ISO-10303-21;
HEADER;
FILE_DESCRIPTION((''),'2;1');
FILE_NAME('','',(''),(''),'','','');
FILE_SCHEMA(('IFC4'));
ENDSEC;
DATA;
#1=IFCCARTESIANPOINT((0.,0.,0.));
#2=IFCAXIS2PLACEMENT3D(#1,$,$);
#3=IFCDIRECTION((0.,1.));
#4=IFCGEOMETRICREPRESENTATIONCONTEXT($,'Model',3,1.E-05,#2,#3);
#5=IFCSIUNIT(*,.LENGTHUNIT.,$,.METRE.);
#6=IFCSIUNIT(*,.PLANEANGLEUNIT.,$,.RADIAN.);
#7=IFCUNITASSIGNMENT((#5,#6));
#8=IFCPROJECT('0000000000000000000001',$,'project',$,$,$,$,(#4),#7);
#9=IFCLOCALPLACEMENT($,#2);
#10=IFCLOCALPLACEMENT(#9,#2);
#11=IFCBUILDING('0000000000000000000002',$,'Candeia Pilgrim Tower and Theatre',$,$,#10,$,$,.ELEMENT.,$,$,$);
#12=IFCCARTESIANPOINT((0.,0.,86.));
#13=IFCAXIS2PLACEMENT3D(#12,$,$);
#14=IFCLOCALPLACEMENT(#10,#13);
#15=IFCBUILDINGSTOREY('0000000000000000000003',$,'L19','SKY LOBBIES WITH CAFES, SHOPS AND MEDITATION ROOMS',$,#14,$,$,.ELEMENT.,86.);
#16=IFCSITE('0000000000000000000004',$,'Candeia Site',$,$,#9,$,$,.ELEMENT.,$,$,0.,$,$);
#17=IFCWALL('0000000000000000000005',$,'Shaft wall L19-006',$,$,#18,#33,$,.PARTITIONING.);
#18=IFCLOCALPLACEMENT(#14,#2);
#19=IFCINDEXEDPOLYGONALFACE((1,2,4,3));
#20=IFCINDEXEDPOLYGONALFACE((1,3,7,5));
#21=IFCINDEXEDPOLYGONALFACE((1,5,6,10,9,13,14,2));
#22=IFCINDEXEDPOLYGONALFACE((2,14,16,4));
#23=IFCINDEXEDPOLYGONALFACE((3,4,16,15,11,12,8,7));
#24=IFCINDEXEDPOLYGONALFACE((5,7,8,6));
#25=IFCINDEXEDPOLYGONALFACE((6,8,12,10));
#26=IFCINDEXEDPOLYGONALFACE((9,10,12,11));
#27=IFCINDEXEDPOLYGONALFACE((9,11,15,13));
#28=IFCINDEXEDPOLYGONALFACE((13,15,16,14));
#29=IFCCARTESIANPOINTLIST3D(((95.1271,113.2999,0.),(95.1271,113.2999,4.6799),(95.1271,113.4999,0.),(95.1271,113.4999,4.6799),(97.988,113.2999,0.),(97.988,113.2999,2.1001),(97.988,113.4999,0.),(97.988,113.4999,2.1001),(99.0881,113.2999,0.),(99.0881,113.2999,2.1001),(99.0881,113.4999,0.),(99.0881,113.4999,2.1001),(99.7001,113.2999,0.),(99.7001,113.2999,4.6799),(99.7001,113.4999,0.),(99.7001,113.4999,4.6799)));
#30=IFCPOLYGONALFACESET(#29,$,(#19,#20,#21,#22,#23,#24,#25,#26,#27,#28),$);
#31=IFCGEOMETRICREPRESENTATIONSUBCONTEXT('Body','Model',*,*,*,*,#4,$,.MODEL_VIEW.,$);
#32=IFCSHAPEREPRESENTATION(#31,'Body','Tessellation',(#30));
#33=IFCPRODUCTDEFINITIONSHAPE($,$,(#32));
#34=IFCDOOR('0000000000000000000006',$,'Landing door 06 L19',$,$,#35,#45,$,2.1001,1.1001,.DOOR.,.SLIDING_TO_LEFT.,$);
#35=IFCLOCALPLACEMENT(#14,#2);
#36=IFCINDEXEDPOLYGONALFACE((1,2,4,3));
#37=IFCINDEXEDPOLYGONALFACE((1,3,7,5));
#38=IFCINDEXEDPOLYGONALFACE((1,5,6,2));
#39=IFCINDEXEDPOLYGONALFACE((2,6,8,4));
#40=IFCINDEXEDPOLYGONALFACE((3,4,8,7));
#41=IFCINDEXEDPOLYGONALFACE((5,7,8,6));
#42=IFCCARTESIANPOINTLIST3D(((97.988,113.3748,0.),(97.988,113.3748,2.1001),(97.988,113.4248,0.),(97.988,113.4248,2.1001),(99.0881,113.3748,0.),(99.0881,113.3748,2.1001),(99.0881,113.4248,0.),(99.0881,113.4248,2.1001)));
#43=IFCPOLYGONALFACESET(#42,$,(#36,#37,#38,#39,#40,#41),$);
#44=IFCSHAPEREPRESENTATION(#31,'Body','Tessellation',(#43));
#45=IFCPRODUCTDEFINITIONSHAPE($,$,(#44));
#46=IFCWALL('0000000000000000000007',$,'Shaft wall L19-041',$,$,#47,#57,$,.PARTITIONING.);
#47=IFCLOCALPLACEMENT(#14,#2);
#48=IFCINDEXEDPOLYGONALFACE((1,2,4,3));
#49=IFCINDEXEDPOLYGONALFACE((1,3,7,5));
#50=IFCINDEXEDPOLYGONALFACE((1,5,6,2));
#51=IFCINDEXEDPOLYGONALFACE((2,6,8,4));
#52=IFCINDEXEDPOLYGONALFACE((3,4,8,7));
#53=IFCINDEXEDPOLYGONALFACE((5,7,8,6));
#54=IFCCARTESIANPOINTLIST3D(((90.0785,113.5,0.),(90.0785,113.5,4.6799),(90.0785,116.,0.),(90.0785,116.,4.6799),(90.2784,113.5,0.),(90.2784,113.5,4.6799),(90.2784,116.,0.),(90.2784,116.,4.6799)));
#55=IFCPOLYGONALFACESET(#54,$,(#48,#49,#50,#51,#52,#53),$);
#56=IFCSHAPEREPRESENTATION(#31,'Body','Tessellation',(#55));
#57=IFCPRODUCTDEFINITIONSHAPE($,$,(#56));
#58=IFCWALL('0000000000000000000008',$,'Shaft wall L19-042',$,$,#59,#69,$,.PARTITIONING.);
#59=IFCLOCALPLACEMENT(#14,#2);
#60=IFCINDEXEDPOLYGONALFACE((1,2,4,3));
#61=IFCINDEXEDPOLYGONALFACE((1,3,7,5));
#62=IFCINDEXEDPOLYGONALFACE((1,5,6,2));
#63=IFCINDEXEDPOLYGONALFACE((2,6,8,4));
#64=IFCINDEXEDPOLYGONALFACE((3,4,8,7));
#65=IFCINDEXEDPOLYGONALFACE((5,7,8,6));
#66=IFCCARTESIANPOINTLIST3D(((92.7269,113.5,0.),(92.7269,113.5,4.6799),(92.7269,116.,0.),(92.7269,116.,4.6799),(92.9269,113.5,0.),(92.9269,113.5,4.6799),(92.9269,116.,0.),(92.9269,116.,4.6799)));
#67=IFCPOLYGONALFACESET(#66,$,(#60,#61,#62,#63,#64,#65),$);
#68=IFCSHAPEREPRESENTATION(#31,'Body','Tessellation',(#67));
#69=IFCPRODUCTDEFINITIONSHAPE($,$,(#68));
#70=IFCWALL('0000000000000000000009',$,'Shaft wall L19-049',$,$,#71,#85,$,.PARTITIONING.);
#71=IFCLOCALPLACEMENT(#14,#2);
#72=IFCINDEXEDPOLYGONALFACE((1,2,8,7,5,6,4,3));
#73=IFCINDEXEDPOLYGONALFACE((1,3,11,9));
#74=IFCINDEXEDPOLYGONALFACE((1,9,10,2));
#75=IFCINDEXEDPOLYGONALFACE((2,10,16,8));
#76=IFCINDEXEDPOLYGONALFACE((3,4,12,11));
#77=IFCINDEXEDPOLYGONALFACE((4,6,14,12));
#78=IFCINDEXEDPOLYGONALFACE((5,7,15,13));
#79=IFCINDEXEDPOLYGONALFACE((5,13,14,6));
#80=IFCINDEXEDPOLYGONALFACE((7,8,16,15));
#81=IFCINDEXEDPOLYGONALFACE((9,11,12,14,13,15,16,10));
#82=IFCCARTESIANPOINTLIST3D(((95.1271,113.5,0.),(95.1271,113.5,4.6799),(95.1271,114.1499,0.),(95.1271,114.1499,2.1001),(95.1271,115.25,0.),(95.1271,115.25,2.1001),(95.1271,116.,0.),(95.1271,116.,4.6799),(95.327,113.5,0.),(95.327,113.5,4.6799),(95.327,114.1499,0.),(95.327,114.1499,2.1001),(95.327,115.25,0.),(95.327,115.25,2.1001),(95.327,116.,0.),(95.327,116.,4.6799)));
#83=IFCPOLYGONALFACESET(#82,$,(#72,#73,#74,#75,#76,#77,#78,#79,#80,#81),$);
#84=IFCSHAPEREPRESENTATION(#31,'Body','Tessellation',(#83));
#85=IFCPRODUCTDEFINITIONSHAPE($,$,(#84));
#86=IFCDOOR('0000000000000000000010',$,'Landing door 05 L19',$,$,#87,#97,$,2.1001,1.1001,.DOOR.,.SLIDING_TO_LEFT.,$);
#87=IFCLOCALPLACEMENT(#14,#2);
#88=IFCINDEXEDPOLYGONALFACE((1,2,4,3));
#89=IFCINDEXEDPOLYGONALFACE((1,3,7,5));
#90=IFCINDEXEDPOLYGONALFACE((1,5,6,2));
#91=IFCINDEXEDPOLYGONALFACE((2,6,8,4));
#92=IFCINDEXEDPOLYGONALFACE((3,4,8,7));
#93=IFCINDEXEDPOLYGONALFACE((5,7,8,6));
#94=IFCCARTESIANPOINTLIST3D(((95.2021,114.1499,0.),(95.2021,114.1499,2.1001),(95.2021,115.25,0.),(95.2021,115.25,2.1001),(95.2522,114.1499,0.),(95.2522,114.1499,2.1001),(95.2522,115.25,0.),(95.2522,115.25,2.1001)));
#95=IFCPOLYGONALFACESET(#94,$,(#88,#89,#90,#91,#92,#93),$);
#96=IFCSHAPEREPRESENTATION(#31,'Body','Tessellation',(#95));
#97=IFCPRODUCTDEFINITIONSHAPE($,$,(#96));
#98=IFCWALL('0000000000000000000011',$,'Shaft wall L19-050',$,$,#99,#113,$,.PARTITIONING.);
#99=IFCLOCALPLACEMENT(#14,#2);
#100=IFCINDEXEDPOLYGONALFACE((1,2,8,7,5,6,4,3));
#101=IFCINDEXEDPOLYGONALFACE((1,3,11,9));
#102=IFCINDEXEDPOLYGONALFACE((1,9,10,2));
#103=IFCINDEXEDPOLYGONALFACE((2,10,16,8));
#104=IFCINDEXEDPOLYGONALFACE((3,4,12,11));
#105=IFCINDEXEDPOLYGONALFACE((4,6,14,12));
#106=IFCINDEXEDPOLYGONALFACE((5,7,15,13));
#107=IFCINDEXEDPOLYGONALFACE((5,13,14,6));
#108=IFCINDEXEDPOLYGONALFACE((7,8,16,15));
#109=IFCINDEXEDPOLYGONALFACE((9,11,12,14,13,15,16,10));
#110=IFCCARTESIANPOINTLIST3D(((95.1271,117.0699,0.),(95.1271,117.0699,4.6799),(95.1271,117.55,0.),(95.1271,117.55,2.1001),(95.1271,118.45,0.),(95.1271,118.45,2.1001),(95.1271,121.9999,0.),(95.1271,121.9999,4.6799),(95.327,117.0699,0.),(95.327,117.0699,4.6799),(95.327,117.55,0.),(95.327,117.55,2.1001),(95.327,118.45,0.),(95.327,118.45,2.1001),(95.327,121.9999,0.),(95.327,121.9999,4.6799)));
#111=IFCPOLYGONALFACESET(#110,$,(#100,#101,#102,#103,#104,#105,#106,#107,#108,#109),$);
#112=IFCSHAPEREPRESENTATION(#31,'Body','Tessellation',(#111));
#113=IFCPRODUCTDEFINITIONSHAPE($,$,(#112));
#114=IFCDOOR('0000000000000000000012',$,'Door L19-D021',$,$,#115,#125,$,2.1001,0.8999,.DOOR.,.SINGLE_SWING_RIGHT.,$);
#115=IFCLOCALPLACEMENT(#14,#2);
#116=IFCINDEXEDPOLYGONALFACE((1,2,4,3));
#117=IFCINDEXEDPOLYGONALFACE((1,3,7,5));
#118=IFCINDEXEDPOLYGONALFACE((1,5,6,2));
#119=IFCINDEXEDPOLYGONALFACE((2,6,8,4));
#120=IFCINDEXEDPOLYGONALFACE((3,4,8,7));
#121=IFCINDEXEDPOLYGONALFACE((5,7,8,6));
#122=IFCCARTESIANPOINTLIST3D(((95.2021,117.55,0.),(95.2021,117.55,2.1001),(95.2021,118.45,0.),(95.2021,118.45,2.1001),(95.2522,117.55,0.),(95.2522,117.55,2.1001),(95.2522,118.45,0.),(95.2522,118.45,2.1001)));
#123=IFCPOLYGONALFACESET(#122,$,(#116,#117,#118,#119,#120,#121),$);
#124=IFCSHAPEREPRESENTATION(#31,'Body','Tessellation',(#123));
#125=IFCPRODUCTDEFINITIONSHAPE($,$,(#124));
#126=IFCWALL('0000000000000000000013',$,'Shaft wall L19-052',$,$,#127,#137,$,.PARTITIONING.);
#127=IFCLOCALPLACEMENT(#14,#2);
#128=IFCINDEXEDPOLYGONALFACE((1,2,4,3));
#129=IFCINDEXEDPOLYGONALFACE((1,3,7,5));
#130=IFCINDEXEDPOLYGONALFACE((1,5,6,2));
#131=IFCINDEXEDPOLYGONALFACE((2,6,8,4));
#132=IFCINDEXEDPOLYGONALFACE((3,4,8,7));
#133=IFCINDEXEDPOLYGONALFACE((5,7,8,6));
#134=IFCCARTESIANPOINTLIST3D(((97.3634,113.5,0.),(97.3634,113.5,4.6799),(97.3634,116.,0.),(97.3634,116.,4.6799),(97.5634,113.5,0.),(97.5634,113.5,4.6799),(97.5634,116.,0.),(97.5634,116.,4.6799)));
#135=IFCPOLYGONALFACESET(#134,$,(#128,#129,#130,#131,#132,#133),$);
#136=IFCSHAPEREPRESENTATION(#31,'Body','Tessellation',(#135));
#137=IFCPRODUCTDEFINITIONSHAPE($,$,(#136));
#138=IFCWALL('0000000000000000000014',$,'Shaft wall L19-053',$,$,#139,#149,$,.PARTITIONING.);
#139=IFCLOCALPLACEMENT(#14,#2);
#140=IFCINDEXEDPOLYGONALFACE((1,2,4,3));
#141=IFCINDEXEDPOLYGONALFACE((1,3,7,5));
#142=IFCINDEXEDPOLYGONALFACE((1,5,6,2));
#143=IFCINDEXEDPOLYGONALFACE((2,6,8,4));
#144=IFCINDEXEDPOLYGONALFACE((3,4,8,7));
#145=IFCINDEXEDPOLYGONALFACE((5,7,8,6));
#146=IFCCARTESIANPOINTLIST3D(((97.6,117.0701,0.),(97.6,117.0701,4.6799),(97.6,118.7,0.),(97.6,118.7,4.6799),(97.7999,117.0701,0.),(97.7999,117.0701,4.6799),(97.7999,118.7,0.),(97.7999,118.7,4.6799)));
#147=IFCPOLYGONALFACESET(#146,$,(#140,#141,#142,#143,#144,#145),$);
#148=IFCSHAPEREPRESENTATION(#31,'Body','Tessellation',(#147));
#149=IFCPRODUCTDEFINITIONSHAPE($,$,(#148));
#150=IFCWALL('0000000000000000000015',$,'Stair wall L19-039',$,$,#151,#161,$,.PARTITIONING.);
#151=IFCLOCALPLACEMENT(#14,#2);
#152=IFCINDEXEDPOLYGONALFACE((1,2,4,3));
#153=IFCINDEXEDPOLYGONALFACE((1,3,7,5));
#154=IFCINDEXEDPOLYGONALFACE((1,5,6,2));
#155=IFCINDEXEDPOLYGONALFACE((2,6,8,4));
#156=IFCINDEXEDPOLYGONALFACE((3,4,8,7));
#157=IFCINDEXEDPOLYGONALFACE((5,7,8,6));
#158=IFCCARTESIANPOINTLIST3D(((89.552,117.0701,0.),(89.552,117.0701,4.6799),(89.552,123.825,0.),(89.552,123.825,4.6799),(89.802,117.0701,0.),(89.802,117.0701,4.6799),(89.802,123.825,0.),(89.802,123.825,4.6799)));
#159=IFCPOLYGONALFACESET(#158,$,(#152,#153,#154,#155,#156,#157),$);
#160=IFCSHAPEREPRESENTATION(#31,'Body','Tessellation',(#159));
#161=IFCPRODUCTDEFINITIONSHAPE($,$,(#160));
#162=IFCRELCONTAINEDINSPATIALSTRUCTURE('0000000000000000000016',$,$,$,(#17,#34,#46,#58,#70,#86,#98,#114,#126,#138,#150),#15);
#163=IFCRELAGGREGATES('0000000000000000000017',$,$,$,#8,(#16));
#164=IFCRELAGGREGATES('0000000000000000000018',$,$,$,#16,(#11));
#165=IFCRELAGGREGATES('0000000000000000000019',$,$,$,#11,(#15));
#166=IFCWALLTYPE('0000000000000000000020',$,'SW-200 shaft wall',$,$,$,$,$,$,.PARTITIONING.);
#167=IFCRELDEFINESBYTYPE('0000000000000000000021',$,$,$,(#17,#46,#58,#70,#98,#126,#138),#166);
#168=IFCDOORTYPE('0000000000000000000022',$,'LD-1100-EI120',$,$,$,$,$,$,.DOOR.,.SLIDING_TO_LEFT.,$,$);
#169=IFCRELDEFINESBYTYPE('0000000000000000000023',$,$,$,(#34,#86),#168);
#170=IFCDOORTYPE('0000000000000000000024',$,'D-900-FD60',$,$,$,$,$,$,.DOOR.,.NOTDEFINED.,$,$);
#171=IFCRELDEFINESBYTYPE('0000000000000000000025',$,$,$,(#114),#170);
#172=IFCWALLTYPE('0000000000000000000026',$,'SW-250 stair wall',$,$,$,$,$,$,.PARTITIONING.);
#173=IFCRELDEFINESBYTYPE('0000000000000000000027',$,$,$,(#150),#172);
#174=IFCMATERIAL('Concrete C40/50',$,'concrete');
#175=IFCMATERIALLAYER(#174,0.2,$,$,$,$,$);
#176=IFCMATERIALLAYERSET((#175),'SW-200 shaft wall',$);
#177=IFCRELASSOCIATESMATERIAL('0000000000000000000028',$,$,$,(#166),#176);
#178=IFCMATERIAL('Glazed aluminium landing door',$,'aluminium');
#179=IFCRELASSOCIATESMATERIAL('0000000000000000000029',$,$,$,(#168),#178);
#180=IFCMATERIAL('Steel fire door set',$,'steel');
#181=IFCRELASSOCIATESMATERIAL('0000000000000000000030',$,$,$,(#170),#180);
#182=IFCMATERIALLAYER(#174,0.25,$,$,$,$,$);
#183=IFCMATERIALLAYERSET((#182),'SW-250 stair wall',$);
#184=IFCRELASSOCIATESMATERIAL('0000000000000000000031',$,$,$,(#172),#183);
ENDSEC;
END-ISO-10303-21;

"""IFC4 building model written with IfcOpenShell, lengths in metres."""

from ifc_helpers import new_model, si_unit, direction, frame, frame_2d, origin, place, context, subcontext, project, spatial, rectangle, extrude, material, layer, layer_set, type_object, element, fill, save


model = new_model("IFC4")

# Units and contexts
model_context = context("Model", 3, precision=1e-05, world=origin(), true_north=direction((0.0, 1.0)))
body_context = subcontext(model_context, "Body", "Model", "MODEL_VIEW")
ifc_project = project(units=[si_unit("LENGTHUNIT", "METRE"), si_unit("PLANEANGLEUNIT", "RADIAN")], contexts=[model_context])

# Site, building, storey
site_placement = place(None, origin())
site = spatial("IfcSite", under=ifc_project, at=site_placement, Name="Candeia Site", CompositionType="ELEMENT", RefElevation=0.0)
building_placement = place(site_placement, origin())
building = spatial("IfcBuilding", under=site, at=building_placement, Name="Candeia Pilgrim Tower and Theatre", CompositionType="ELEMENT")
storey_placement = place(building_placement, frame((0.0, 0.0, 86.0)))
storey = spatial("IfcBuildingStorey", under=building, at=storey_placement, Name="L19", Description="SKY LOBBIES WITH CAFES, SHOPS AND MEDITATION ROOMS", CompositionType="ELEMENT", Elevation=86.0)

# Shared definitions
ifc_material_1 = material(Name="Steel fire door set", Category="steel")

# Wall, opening, door
ifc_material_2 = material(Name="Concrete C40/50", Category="concrete")
ifc_layer_1 = layer(ifc_material_2, 0.2)
ifc_layer_set_1 = layer_set([ifc_layer_1], Name="SW-200 shaft wall")
wall_type_1 = type_object("IfcWallType", Name="SW-200 shaft wall", PredefinedType="PARTITIONING", material=ifc_layer_set_1)
wall_1_placement = place(storey_placement, frame((95.127, 113.3999, 0.0), z_axis=(0.0, 0.0, 1.0), x_axis=(1.0, 0.0, 0.0)))
wall_1 = element("IfcWall", 1, at=wall_1_placement, inside=storey, type_object=wall_type_1, Name="Shaft wall L19-006", PredefinedType="PARTITIONING", context=body_context, shape_type="SweptSolid", body=[
    extrude(rectangle(XDim=4.573, YDim=0.2, at=frame_2d((2.2866, 0.0))), origin(), (0.0, 0.0, 1.0), 4.6799),
])
opening_1_placement = place(wall_1_placement, frame((2.8611, 0.0, 0.0)))
opening_1 = element("IfcOpeningElement", 2, at=opening_1_placement, cuts=wall_1, PredefinedType="OPENING", context=body_context, shape_type="SweptSolid", body=[
    extrude(rectangle(XDim=1.1001, YDim=2.1001, at=frame_2d((0.55, 1.05))), frame((0.0, 0.1099, 0.0), z_axis=(0.0, -1.0, 0.0), x_axis=(1.0, 0.0, 0.0)), (0.0, 0.0, 1.0), 0.22),
])
ifc_material_3 = material(Name="Glazed aluminium landing door", Category="aluminium")
door_type_1 = type_object("IfcDoorType", Name="LD-1100-EI120", OperationType="SLIDING_TO_LEFT", PredefinedType="DOOR", material=ifc_material_3)
door_1_placement = place(opening_1_placement, origin())
door_1 = element("IfcDoor", 3, at=door_1_placement, inside=storey, type_object=door_type_1, Name="Landing door 06 L19", OperationType="SLIDING_TO_LEFT", OverallHeight=2.1001, OverallWidth=1.1001, PredefinedType="DOOR", context=body_context, shape_type="SweptSolid", body=[
    extrude(rectangle(XDim=1.1001, YDim=2.1001, at=frame_2d((0.55, 1.05))), frame((0.0, 0.0249, 0.0), z_axis=(0.0, -1.0, 0.0), x_axis=(1.0, 0.0, 0.0)), (0.0, 0.0, 1.0), 0.05),
])
fill(opening_1, door_1)

# Walls
for number, where, z_axis, x_axis, name in (
    (4, (90.1785, 113.5, 0.0), (0.0, 0.0, 1.0), (0.0, 1.0, 0.0), "Shaft wall L19-041"),
    (5, (92.8269, 113.5, 0.0), (0.0, 0.0, 1.0), (0.0, 1.0, 0.0), "Shaft wall L19-042"),
):
    element("IfcWall", number, at=place(storey_placement, frame(where, z_axis=z_axis, x_axis=x_axis)), inside=storey, type_object=wall_type_1, Name=name, PredefinedType="PARTITIONING", context=body_context, shape_type="SweptSolid", body=[
        extrude(rectangle(XDim=2.5, YDim=0.2, at=frame_2d((1.25, 0.0))), origin(), (0.0, 0.0, 1.0), 4.6799),
    ])

# Walls, openings, doors
wall_2_placement = place(storey_placement, frame((95.2271, 113.5, 0.0), z_axis=(0.0, 0.0, 1.0), x_axis=(0.0, 1.0, 0.0)))
wall_2 = element("IfcWall", 6, at=wall_2_placement, inside=storey, type_object=wall_type_1, Name="Shaft wall L19-049", PredefinedType="PARTITIONING", context=body_context, shape_type="SweptSolid", body=[
    extrude(rectangle(XDim=2.5, YDim=0.2, at=frame_2d((1.25, 0.0))), origin(), (0.0, 0.0, 1.0), 4.6799),
])
opening_2_placement = place(wall_2_placement, frame((0.6499, 0.0, 0.0)))
opening_2 = element("IfcOpeningElement", 7, at=opening_2_placement, cuts=wall_2, PredefinedType="OPENING", context=body_context, shape_type="SweptSolid", body=[
    extrude(rectangle(XDim=1.1001, YDim=2.1001, at=frame_2d((0.55, 1.05))), frame((0.0, 0.1099, 0.0), z_axis=(0.0, -1.0, 0.0), x_axis=(1.0, 0.0, 0.0)), (0.0, 0.0, 1.0), 0.22),
])
door_2_placement = place(opening_2_placement, origin())
door_2 = element("IfcDoor", 8, at=door_2_placement, inside=storey, type_object=door_type_1, Name="Landing door 05 L19", OperationType="SLIDING_TO_LEFT", OverallHeight=2.1001, OverallWidth=1.1001, PredefinedType="DOOR", context=body_context, shape_type="SweptSolid", body=[
    extrude(rectangle(XDim=1.1001, YDim=2.1001, at=frame_2d((0.55, 1.05))), frame((0.0, 0.0249, 0.0), z_axis=(0.0, -1.0, 0.0), x_axis=(1.0, 0.0, 0.0)), (0.0, 0.0, 1.0), 0.05),
])
fill(opening_2, door_2)
wall_3_placement = place(storey_placement, frame((95.2271, 117.0701, 0.0), z_axis=(0.0, 0.0, 1.0), x_axis=(0.0, 1.0, 0.0)))
wall_3 = element("IfcWall", 9, at=wall_3_placement, inside=storey, type_object=wall_type_1, Name="Shaft wall L19-050", PredefinedType="PARTITIONING", context=body_context, shape_type="SweptSolid", body=[
    extrude(rectangle(XDim=4.9299, YDim=0.2, at=frame_2d((2.4648, 0.0))), origin(), (0.0, 0.0, 1.0), 4.6799),
])
opening_3_placement = place(wall_3_placement, frame((0.48, 0.0, 0.0)))
opening_3 = element("IfcOpeningElement", 10, at=opening_3_placement, cuts=wall_3, PredefinedType="OPENING", context=body_context, shape_type="SweptSolid", body=[
    extrude(rectangle(XDim=0.8999, YDim=2.1001, at=frame_2d((0.45, 1.05))), frame((0.0, 0.1099, 0.0), z_axis=(0.0, -1.0, 0.0), x_axis=(1.0, 0.0, 0.0)), (0.0, 0.0, 1.0), 0.22),
])
door_type_2 = type_object("IfcDoorType", Name="D-900-FD60", OperationType="NOTDEFINED", PredefinedType="DOOR", material=ifc_material_1)
door_3_placement = place(opening_3_placement, origin())
door_3 = element("IfcDoor", 11, at=door_3_placement, inside=storey, type_object=door_type_2, Name="Door L19-D021", OperationType="SINGLE_SWING_RIGHT", OverallHeight=2.1001, OverallWidth=0.8999, PredefinedType="DOOR", context=body_context, shape_type="SweptSolid", body=[
    extrude(rectangle(XDim=0.8999, YDim=2.1001, at=frame_2d((0.45, 1.05))), frame((0.0, 0.0249, 0.0), z_axis=(0.0, -1.0, 0.0), x_axis=(1.0, 0.0, 0.0)), (0.0, 0.0, 1.0), 0.05),
])
fill(opening_3, door_3)

# Walls
wall_4_placement = place(storey_placement, frame((97.4634, 113.5, 0.0), z_axis=(0.0, 0.0, 1.0), x_axis=(0.0, 1.0, 0.0)))
element("IfcWall", 12, at=wall_4_placement, inside=storey, type_object=wall_type_1, Name="Shaft wall L19-052", PredefinedType="PARTITIONING", context=body_context, shape_type="SweptSolid", body=[
    extrude(rectangle(XDim=2.5, YDim=0.2, at=frame_2d((1.25, 0.0))), origin(), (0.0, 0.0, 1.0), 4.6799),
])
wall_5_placement = place(storey_placement, frame((97.7, 117.0701, 0.0), z_axis=(0.0, 0.0, 1.0), x_axis=(0.0, 1.0, 0.0)))
element("IfcWall", 13, at=wall_5_placement, inside=storey, type_object=wall_type_1, Name="Shaft wall L19-053", PredefinedType="PARTITIONING", context=body_context, shape_type="SweptSolid", body=[
    extrude(rectangle(XDim=1.6299, YDim=0.2, at=frame_2d((0.8149, 0.0))), origin(), (0.0, 0.0, 1.0), 4.6799),
])
ifc_layer_2 = layer(ifc_material_2, 0.25)
ifc_layer_set_2 = layer_set([ifc_layer_2], Name="SW-250 stair wall")
wall_type_2 = type_object("IfcWallType", Name="SW-250 stair wall", PredefinedType="PARTITIONING", material=ifc_layer_set_2)
wall_6_placement = place(storey_placement, frame((89.677, 117.0701, 0.0), z_axis=(0.0, 0.0, 1.0), x_axis=(0.0, 1.0, 0.0)))
element("IfcWall", 14, at=wall_6_placement, inside=storey, type_object=wall_type_2, Name="Stair wall L19-039", PredefinedType="PARTITIONING", context=body_context, shape_type="SweptSolid", body=[
    extrude(rectangle(XDim=6.7549, YDim=0.25, at=frame_2d((3.3774, 0.0))), origin(), (0.0, 0.0, 1.0), 4.6799),
])

save(model, "model.ifc")
